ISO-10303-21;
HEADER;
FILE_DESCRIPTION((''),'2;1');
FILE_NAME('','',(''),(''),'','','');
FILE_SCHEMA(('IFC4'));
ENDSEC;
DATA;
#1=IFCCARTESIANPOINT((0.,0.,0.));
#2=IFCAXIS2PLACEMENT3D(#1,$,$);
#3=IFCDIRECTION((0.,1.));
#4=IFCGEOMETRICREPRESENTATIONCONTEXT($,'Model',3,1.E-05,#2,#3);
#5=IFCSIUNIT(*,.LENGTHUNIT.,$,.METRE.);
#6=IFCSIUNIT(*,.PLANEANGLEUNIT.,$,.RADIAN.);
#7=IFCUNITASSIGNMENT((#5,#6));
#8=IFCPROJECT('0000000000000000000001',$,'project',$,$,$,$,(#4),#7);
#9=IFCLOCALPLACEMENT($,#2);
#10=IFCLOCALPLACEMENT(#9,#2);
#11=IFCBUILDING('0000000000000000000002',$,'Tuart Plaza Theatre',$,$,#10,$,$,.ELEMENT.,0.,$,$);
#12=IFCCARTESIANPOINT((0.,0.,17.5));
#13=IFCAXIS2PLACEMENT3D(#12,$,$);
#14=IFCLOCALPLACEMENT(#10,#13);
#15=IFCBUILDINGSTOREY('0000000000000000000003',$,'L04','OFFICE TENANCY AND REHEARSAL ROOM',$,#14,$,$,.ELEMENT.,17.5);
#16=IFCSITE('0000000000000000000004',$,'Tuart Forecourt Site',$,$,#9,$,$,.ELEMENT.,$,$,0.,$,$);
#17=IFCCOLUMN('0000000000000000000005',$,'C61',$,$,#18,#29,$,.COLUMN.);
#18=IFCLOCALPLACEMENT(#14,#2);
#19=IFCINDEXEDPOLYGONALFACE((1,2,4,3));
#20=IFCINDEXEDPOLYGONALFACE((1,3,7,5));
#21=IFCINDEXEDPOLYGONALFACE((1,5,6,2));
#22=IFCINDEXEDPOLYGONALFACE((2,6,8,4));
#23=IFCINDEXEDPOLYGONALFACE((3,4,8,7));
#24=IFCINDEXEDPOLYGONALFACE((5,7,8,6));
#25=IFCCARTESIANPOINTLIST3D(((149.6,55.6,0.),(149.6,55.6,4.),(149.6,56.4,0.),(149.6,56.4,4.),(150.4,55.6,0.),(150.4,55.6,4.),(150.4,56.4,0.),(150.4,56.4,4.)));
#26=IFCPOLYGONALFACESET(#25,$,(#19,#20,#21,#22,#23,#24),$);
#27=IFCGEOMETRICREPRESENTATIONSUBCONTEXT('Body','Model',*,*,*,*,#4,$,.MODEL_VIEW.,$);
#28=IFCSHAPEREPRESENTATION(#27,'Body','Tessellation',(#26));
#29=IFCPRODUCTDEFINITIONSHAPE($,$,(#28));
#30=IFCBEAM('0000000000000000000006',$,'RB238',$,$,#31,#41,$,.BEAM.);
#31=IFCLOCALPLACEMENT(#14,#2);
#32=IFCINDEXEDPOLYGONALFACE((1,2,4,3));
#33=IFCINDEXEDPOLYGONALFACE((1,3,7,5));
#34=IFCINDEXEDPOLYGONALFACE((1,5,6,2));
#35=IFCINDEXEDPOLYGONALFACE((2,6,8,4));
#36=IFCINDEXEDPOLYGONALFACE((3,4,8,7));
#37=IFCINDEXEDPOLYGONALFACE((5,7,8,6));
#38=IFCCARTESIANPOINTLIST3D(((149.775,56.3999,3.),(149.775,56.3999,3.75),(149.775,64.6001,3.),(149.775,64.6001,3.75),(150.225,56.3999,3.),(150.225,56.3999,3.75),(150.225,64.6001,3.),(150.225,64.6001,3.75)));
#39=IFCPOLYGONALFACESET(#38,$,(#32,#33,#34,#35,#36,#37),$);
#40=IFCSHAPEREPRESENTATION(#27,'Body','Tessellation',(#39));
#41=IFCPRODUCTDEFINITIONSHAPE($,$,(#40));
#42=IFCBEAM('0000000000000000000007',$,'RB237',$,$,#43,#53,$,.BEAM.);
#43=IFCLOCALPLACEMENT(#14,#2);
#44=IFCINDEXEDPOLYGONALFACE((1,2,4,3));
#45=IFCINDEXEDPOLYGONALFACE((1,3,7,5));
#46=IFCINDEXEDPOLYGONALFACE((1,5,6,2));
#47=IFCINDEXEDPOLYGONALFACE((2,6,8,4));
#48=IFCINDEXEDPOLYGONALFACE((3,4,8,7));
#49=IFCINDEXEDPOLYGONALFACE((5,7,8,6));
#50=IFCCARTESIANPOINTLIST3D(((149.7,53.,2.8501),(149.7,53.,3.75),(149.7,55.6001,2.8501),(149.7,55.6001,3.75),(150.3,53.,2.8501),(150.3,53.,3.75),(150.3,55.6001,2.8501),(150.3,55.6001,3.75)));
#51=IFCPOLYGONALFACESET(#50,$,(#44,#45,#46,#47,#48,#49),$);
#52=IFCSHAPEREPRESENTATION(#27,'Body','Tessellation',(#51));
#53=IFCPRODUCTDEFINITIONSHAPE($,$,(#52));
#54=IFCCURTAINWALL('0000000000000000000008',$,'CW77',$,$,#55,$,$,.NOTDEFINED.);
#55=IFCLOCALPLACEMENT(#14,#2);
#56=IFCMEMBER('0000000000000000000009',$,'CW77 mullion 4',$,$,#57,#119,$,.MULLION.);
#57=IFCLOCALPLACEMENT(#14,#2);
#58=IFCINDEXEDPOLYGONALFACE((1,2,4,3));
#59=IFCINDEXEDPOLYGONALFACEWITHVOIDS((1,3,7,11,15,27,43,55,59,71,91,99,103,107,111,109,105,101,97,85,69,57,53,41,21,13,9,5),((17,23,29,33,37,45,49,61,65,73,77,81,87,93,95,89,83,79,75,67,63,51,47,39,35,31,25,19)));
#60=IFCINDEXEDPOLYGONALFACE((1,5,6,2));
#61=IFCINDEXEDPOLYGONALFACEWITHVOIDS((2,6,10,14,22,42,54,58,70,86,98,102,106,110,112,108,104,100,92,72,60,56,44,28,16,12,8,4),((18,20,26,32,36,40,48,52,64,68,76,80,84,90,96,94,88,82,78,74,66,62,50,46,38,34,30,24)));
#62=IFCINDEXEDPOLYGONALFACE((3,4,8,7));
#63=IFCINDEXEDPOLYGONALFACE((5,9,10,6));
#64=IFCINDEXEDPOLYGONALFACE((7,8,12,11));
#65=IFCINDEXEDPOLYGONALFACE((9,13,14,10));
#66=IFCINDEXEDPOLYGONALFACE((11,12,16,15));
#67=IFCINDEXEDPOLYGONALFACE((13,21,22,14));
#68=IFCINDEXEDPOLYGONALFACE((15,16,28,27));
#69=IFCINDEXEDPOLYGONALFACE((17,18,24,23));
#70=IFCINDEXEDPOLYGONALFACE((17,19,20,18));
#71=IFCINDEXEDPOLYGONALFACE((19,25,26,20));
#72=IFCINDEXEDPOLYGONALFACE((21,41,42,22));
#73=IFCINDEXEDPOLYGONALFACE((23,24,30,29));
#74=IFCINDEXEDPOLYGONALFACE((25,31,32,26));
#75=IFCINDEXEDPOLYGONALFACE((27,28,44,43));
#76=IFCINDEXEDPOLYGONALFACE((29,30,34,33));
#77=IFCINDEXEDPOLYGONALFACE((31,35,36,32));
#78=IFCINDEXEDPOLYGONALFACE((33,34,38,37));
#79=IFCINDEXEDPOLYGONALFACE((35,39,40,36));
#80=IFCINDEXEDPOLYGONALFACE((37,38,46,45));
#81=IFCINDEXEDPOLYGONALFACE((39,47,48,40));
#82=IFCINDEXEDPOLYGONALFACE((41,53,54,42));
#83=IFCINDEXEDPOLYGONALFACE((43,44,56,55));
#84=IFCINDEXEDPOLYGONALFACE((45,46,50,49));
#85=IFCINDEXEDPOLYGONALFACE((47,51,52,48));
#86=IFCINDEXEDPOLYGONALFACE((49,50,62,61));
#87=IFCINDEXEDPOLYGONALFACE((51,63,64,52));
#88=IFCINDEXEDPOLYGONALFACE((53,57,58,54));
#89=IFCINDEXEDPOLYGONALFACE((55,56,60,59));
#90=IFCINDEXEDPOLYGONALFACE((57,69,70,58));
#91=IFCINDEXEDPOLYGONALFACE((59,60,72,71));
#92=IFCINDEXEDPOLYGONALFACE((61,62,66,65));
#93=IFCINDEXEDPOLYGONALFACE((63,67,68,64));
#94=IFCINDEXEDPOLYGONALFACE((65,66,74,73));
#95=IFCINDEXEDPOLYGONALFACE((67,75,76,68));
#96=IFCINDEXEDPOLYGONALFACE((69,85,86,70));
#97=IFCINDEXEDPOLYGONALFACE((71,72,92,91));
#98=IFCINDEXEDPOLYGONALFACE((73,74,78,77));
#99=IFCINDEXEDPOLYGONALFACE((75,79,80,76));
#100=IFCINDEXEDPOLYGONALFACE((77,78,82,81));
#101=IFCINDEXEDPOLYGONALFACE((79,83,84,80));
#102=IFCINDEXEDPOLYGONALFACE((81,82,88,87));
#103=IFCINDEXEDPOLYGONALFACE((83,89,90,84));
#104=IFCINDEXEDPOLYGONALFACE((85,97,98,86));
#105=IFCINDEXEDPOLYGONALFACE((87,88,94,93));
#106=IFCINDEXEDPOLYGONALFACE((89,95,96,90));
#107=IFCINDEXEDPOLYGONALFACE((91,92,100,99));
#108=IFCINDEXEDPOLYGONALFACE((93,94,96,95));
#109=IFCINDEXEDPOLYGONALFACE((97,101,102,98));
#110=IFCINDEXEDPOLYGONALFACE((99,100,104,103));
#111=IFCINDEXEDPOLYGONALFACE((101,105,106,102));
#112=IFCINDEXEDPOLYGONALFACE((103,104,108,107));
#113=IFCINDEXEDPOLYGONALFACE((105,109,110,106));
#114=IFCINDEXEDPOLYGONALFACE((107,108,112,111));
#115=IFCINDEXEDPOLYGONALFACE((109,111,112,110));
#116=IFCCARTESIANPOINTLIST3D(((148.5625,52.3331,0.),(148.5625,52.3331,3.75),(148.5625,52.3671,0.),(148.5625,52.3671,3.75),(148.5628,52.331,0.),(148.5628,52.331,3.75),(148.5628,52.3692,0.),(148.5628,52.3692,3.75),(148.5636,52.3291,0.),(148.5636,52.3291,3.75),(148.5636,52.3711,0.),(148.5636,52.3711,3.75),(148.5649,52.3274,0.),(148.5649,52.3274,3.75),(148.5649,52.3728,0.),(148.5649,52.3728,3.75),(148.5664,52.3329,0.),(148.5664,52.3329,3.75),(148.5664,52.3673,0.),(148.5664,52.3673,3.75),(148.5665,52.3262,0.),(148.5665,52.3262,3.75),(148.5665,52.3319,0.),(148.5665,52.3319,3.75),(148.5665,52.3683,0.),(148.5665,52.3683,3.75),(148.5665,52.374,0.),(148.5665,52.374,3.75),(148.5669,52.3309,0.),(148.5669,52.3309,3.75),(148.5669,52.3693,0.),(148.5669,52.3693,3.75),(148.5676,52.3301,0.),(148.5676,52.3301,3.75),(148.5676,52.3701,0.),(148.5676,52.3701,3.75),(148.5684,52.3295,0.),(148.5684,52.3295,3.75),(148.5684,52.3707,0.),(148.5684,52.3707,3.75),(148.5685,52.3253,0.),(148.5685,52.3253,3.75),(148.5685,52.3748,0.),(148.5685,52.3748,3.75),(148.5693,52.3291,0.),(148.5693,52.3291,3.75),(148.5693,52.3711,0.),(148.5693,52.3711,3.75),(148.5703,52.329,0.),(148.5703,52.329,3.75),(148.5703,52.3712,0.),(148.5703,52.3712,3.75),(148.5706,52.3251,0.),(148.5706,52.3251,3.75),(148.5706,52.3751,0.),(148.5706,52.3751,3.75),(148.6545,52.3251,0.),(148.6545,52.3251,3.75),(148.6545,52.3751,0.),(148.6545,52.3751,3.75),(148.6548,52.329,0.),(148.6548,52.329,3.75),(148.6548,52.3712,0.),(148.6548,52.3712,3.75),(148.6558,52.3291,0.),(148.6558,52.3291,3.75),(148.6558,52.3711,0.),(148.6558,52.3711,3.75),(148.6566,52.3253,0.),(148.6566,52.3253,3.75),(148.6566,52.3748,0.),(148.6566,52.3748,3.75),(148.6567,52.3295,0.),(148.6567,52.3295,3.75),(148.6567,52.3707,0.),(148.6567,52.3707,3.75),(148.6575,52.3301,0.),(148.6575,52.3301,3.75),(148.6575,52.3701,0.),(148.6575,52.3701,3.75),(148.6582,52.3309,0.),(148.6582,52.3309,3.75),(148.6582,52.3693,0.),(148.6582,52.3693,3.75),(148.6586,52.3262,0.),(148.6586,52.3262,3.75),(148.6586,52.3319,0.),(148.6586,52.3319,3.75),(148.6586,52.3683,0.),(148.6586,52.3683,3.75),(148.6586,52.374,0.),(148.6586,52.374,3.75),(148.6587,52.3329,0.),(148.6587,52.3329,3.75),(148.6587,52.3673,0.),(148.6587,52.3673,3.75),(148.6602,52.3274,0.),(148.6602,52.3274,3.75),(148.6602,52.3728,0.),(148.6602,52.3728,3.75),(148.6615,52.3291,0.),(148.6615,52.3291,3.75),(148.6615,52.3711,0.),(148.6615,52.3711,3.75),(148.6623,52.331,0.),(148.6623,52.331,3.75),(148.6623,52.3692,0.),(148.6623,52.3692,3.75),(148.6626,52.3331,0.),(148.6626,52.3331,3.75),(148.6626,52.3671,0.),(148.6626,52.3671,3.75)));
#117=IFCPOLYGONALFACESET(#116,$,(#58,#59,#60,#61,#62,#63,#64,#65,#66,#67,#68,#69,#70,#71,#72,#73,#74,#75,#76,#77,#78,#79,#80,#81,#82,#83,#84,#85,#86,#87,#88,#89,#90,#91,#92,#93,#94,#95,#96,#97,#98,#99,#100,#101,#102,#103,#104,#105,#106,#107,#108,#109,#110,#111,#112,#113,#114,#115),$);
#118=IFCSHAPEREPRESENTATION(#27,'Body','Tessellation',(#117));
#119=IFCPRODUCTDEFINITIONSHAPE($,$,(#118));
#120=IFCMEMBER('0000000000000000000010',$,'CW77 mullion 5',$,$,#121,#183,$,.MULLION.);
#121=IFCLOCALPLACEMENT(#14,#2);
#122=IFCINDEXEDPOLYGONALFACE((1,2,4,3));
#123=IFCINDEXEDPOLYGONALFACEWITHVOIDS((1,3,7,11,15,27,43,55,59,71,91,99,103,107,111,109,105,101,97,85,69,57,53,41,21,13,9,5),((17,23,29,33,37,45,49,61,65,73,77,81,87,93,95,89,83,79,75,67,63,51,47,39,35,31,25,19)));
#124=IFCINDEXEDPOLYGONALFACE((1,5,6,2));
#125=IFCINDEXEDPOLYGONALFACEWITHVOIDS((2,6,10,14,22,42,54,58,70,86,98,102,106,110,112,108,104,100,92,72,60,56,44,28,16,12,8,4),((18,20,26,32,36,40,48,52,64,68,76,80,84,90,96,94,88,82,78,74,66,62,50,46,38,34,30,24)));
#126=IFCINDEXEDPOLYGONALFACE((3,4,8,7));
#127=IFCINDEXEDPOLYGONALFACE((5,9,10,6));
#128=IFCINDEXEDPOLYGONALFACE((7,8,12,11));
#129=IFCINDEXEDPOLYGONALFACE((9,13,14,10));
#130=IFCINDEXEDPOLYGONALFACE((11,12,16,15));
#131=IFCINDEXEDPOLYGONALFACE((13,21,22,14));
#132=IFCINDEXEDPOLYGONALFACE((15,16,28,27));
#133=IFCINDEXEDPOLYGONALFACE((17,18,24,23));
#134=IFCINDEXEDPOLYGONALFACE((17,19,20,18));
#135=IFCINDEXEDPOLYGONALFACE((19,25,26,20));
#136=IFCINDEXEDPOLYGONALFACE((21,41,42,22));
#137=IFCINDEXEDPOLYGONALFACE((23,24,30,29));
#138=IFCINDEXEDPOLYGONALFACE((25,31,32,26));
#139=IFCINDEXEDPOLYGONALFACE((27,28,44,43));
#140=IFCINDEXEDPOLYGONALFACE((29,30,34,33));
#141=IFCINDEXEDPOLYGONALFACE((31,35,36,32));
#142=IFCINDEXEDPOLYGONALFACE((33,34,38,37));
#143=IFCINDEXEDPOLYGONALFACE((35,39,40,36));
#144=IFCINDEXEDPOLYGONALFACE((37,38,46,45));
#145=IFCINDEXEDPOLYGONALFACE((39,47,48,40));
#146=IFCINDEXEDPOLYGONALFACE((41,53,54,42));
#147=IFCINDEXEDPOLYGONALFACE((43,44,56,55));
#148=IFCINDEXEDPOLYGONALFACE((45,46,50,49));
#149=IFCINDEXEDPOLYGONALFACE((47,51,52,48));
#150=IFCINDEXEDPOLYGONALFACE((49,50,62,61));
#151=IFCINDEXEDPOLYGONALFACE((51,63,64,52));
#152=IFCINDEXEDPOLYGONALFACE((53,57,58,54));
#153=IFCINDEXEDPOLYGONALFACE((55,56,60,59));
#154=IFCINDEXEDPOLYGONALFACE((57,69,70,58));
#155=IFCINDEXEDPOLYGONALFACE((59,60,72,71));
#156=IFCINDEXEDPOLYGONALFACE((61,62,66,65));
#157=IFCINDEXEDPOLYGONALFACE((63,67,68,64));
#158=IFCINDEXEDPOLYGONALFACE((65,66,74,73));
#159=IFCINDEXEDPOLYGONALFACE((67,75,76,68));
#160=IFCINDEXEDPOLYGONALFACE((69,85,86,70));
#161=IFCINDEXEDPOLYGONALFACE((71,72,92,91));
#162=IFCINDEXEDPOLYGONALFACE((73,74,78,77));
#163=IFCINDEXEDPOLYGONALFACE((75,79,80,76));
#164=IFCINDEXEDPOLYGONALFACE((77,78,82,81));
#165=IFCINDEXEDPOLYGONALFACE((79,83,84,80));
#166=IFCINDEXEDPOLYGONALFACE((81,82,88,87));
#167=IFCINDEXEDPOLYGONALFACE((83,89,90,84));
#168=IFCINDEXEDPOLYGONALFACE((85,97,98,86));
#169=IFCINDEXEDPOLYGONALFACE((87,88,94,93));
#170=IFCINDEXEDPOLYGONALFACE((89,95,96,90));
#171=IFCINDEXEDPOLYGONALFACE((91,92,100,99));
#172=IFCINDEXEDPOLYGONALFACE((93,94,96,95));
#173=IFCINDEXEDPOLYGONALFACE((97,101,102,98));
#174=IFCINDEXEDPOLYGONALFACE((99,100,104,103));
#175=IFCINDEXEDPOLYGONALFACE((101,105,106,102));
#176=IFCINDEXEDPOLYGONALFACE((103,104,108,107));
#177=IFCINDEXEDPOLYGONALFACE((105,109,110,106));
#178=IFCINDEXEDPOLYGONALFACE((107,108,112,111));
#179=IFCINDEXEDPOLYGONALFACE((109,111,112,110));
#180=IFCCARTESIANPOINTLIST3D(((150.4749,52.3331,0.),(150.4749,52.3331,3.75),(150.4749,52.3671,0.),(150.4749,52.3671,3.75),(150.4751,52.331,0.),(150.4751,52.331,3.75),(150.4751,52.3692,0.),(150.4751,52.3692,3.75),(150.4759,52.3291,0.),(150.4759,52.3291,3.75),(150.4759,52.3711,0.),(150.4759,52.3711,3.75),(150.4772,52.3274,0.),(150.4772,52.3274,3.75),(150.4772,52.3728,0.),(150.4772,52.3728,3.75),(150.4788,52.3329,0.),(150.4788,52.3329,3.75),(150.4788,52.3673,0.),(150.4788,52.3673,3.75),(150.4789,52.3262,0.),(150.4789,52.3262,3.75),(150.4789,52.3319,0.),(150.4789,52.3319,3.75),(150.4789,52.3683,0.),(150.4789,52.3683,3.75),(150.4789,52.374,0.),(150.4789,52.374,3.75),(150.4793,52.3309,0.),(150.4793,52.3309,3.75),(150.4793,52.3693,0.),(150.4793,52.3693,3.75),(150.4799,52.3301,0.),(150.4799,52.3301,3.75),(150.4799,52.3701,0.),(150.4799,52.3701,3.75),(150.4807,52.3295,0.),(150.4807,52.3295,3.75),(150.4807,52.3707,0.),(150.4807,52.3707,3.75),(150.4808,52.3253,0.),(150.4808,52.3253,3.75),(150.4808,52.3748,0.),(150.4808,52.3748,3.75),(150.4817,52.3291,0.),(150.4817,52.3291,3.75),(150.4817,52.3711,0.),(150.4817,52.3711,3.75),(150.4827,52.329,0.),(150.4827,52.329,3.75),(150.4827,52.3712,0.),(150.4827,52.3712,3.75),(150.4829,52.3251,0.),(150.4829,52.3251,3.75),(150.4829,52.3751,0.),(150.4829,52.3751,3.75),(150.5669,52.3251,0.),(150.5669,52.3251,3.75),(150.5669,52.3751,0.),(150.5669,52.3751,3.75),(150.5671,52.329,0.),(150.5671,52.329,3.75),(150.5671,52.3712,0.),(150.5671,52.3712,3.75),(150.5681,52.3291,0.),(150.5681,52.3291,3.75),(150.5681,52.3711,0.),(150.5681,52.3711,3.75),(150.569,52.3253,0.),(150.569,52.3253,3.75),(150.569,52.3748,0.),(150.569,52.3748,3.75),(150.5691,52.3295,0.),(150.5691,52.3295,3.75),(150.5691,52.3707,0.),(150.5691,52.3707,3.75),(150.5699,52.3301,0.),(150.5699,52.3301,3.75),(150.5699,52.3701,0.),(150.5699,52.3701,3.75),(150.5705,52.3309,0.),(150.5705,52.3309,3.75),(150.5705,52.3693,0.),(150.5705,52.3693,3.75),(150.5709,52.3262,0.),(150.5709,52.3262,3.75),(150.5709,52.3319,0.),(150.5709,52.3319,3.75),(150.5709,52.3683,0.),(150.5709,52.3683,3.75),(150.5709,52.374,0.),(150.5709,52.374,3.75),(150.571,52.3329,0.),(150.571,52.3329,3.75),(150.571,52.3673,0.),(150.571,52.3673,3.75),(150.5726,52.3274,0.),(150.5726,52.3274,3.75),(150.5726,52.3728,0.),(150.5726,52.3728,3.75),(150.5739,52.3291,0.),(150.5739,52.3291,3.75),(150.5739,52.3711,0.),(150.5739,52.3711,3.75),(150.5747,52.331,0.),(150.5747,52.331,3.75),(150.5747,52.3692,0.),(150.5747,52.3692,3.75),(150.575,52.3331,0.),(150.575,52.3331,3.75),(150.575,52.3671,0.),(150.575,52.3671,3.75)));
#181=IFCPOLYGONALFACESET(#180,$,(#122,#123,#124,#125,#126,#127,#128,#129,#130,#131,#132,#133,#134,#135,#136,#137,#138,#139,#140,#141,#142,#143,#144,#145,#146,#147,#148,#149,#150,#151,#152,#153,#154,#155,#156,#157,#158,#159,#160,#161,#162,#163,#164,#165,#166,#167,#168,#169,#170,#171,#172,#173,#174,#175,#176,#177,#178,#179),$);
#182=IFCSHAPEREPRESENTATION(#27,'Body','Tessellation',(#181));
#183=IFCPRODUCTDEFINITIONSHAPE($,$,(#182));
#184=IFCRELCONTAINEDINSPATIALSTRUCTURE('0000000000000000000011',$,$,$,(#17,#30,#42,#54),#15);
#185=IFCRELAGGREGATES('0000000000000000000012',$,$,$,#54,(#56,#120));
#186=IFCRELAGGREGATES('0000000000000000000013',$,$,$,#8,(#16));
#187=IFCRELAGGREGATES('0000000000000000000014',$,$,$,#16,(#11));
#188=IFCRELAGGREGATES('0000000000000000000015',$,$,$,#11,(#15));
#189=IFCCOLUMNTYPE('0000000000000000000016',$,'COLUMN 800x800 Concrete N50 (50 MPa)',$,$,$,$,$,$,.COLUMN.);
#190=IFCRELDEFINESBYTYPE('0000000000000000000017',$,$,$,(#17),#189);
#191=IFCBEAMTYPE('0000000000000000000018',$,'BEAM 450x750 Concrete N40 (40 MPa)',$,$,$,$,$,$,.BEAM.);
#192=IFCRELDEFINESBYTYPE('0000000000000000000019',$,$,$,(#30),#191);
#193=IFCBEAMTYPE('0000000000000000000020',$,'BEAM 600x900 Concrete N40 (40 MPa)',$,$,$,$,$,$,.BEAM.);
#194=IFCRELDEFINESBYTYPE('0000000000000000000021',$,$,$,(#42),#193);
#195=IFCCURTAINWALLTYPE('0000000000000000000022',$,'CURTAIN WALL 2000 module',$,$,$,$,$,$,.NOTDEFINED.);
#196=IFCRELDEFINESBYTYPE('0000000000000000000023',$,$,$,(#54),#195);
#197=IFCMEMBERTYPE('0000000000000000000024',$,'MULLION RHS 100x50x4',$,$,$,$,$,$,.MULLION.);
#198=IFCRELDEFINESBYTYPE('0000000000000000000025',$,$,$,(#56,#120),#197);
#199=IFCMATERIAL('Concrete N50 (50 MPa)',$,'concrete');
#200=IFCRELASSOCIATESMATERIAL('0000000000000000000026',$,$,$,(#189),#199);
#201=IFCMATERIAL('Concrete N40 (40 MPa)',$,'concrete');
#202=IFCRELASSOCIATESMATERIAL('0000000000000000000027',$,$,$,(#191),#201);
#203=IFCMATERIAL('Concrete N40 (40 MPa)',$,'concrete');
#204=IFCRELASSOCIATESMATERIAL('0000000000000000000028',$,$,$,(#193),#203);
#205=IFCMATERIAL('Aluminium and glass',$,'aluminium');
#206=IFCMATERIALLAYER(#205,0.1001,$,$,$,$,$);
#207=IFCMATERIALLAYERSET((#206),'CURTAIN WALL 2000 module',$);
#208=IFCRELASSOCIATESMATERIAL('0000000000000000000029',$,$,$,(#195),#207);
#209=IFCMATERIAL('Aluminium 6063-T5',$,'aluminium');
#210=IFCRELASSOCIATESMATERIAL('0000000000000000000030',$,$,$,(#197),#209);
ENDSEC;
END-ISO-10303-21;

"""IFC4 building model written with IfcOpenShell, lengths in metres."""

from ifc_helpers import new_model, si_unit, direction, frame, origin, origin_2d, place, context, subcontext, project, spatial, rectangle, hollow_rectangle, extrude, material, layer, layer_set, material_profile, profile_set, type_object, element, aggregate, save


model = new_model("IFC4")

# Units and contexts
model_context = context("Model", 3, precision=1e-05, world=origin(), true_north=direction((0.0, 1.0)))
body_context = subcontext(model_context, "Body", "Model", "MODEL_VIEW")
ifc_project = project(units=[si_unit("LENGTHUNIT", "METRE"), si_unit("PLANEANGLEUNIT", "RADIAN")], contexts=[model_context])

# Site, building, storey
site_placement = place(None, origin())
site = spatial("IfcSite", under=ifc_project, at=site_placement, Name="Tuart Forecourt Site", CompositionType="ELEMENT", RefElevation=0.0)
building_placement = place(site_placement, origin())
building = spatial("IfcBuilding", under=site, at=building_placement, Name="Tuart Plaza Theatre", CompositionType="ELEMENT", ElevationOfRefHeight=0.0)
storey_placement = place(building_placement, frame((0.0, 0.0, 17.5)))
storey = spatial("IfcBuildingStorey", under=building, at=storey_placement, Name="L04", Description="OFFICE TENANCY AND REHEARSAL ROOM", CompositionType="ELEMENT", Elevation=17.5)

# Column
ifc_material_1 = material(Name="Concrete N50 (50 MPa)", Category="concrete")
ifc_material_profile_1 = material_profile(ifc_material_1, rectangle(XDim=0.8, YDim=0.8, at=origin_2d()), Name="COLUMN 800x800 Concrete N50 (50 MPa)")
ifc_profile_set_1 = profile_set([ifc_material_profile_1], Name="Concrete N50 (50 MPa)")
column_type = type_object("IfcColumnType", Name="COLUMN 800x800 Concrete N50 (50 MPa)", PredefinedType="COLUMN", material=ifc_profile_set_1)
column_placement = place(storey_placement, frame((150.0, 56.0, 0.0), z_axis=(0.0, 0.0, 1.0), x_axis=(1.0, 0.0, 0.0)))
element("IfcColumn", 1, at=column_placement, inside=storey, type_object=column_type, Name="C61", PredefinedType="COLUMN", context=body_context, shape_type="SweptSolid", body=[
    extrude(rectangle(XDim=0.8, YDim=0.8, at=origin_2d()), origin(), (0.0, 0.0, 1.0), 4.0),
])

# Beams
ifc_material_2 = material(Name="Concrete N40 (40 MPa)", Category="concrete")
ifc_material_profile_2 = material_profile(ifc_material_2, rectangle(XDim=0.45, YDim=0.75, at=origin_2d()), Name="BEAM 450x750 Concrete N40 (40 MPa)")
ifc_profile_set_2 = profile_set([ifc_material_profile_2], Name="Concrete N40 (40 MPa)")
beam_type_1 = type_object("IfcBeamType", Name="BEAM 450x750 Concrete N40 (40 MPa)", PredefinedType="BEAM", material=ifc_profile_set_2)
beam_1_placement = place(storey_placement, frame((150.0, 56.3999, 3.375), z_axis=(0.0, 1.0, 0.0), x_axis=(-1.0, 0.0, 0.0)))
element("IfcBeam", 2, at=beam_1_placement, inside=storey, type_object=beam_type_1, Name="RB238", PredefinedType="BEAM", context=body_context, shape_type="SweptSolid", body=[
    extrude(rectangle(XDim=0.45, YDim=0.75, at=origin_2d()), origin(), (0.0, 0.0, 1.0), 8.2002),
])
ifc_material_3 = material(Name="Concrete N40 (40 MPa)", Category="concrete")
ifc_material_profile_3 = material_profile(ifc_material_3, rectangle(XDim=0.6001, YDim=0.8999, at=origin_2d()), Name="BEAM 600x900 Concrete N40 (40 MPa)")
ifc_profile_set_3 = profile_set([ifc_material_profile_3], Name="Concrete N40 (40 MPa)")
beam_type_2 = type_object("IfcBeamType", Name="BEAM 600x900 Concrete N40 (40 MPa)", PredefinedType="BEAM", material=ifc_profile_set_3)
beam_2_placement = place(storey_placement, frame((150.0, 53.0, 3.3), z_axis=(0.0, 1.0, 0.0), x_axis=(-1.0, 0.0, 0.0)))
element("IfcBeam", 3, at=beam_2_placement, inside=storey, type_object=beam_type_2, Name="RB237", PredefinedType="BEAM", context=body_context, shape_type="SweptSolid", body=[
    extrude(rectangle(XDim=0.6001, YDim=0.8999, at=origin_2d()), origin(), (0.0, 0.0, 1.0), 2.6001),
])

# Curtain wall, members
ifc_material_4 = material(Name="Aluminium and glass", Category="aluminium")
ifc_layer_1 = layer(ifc_material_4, 0.1001)
ifc_layer_set_1 = layer_set([ifc_layer_1], Name="CURTAIN WALL 2000 module")
curtain_wall_type = type_object("IfcCurtainWallType", Name="CURTAIN WALL 2000 module", PredefinedType="NOTDEFINED", material=ifc_layer_set_1)
curtain_wall_1_placement = place(storey_placement, origin())
curtain_wall_1 = element("IfcCurtainWall", 4, at=curtain_wall_1_placement, inside=storey, type_object=curtain_wall_type, Name="CW77", PredefinedType="NOTDEFINED")
ifc_material_5 = material(Name="Aluminium 6063-T5", Category="aluminium")
ifc_material_profile_4 = material_profile(ifc_material_5, hollow_rectangle(XDim=0.05, YDim=0.1001, WallThickness=0.0039, InnerFilletRadius=0.0039, OuterFilletRadius=0.0081, at=origin_2d()), Name="RHS 100x50x4")
ifc_profile_set_4 = profile_set([ifc_material_profile_4], Name="Aluminium 6063-T5")
member_type_1 = type_object("IfcMemberType", Name="MULLION RHS 100x50x4", PredefinedType="MULLION", material=ifc_profile_set_4)
member_1_placement = place(storey_placement, frame((148.6125, 52.3501, 0.0), z_axis=(0.0, 0.0, 1.0), x_axis=(0.0, 1.0, 0.0)))
member_1 = element("IfcMember", 5, at=member_1_placement, type_object=member_type_1, Name="CW77 mullion 4", PredefinedType="MULLION", context=body_context, shape_type="SweptSolid", body=[
    extrude(hollow_rectangle(XDim=0.05, YDim=0.1001, WallThickness=0.0039, InnerFilletRadius=0.0039, OuterFilletRadius=0.0081, at=origin_2d()), origin(), (0.0, 0.0, 1.0), 3.75),
])
member_2_placement = place(storey_placement, frame((150.5249, 52.3501, 0.0), z_axis=(0.0, 0.0, 1.0), x_axis=(0.0, 1.0, 0.0)))
member_2 = element("IfcMember", 6, at=member_2_placement, type_object=member_type_1, Name="CW77 mullion 5", PredefinedType="MULLION", context=body_context, shape_type="SweptSolid", body=[
    extrude(hollow_rectangle(XDim=0.05, YDim=0.1001, WallThickness=0.0039, InnerFilletRadius=0.0039, OuterFilletRadius=0.0081, at=origin_2d()), origin(), (0.0, 0.0, 1.0), 3.75),
])

aggregate(curtain_wall_1, [member_1, member_2])

save(model, "model.ifc")
